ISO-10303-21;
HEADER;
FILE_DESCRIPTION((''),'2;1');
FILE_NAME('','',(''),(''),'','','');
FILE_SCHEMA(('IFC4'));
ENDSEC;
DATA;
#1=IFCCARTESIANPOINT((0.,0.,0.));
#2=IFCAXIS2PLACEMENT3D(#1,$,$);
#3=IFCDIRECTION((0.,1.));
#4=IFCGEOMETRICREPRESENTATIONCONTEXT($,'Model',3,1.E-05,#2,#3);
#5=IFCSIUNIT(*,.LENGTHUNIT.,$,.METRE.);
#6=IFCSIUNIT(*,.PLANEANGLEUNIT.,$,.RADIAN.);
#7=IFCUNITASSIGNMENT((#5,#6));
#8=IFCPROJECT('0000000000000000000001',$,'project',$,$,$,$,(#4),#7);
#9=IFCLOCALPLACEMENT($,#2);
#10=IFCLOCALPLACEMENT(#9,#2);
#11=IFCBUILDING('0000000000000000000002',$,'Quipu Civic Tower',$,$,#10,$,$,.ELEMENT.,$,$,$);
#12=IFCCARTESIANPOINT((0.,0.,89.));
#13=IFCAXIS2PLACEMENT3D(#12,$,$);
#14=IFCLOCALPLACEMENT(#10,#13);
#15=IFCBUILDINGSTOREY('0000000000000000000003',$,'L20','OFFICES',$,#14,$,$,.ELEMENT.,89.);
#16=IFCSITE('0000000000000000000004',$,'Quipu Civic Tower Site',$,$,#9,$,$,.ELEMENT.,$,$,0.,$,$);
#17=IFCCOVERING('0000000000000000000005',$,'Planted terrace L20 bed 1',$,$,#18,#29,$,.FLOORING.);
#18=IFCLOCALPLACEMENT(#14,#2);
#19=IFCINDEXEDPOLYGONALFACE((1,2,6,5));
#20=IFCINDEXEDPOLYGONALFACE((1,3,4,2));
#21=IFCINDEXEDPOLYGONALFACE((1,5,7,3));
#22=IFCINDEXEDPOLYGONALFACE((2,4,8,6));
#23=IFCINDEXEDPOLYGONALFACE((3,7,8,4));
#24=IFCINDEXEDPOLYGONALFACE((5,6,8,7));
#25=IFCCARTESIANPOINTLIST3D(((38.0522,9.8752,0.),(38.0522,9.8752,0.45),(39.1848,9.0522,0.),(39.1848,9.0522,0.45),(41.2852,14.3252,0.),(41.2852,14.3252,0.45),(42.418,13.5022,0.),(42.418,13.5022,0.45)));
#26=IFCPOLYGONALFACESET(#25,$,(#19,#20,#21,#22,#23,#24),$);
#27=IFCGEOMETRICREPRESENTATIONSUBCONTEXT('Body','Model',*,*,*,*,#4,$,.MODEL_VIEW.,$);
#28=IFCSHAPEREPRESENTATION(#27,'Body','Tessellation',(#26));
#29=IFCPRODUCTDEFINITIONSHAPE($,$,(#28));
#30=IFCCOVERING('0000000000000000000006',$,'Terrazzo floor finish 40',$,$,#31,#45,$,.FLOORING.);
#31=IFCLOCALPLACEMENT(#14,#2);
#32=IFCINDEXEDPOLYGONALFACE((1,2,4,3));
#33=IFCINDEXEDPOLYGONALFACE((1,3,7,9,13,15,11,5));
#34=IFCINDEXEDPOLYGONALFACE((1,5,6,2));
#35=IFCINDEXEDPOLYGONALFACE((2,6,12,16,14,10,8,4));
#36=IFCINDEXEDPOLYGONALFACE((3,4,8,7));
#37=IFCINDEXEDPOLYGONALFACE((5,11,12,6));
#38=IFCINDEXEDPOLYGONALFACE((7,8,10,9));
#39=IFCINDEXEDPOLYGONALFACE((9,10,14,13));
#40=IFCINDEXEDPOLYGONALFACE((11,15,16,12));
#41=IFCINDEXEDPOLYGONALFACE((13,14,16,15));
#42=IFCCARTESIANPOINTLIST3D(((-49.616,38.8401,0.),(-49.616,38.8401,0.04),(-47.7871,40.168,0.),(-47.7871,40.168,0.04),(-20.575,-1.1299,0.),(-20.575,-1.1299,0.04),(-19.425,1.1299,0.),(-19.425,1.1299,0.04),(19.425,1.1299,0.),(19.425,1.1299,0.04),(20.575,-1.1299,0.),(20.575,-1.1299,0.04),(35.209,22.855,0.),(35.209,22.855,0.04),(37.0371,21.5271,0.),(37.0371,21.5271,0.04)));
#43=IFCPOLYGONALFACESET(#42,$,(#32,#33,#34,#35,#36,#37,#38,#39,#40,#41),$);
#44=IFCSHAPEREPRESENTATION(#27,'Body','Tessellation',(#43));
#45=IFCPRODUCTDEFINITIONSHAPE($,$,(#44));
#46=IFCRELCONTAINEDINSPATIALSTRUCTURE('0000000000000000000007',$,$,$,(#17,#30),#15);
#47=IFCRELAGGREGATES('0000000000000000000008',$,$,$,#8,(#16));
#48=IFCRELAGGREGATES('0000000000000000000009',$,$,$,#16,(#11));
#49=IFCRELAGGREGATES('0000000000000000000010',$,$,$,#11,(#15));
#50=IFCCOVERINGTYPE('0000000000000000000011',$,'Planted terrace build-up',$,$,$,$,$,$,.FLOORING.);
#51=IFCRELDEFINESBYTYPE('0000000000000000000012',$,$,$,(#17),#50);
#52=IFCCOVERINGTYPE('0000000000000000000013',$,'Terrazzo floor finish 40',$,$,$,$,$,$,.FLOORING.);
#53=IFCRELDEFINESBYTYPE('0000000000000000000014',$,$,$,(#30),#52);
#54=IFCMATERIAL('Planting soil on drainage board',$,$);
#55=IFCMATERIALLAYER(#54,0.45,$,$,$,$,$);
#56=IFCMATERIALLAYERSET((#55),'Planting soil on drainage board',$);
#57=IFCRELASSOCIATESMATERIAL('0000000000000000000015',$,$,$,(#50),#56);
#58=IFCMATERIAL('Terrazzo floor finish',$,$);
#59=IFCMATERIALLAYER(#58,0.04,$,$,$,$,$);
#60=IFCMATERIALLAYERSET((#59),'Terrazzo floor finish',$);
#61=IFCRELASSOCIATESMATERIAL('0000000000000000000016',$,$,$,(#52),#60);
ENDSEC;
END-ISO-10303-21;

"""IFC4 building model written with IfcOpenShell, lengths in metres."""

from ifc_helpers import new_model, si_unit, direction, frame, origin, place, context, subcontext, project, spatial, polyline, outline, extrude, material, layer, layer_set, type_object, element, save


model = new_model("IFC4")

# Units and contexts
model_context = context("Model", 3, precision=1e-05, world=origin(), true_north=direction((0.0, 1.0)))
body_context = subcontext(model_context, "Body", "Model", "MODEL_VIEW")
ifc_project = project(units=[si_unit("LENGTHUNIT", "METRE"), si_unit("PLANEANGLEUNIT", "RADIAN")], contexts=[model_context])

# Site, building, storey
site_placement = place(None, origin())
site = spatial("IfcSite", under=ifc_project, at=site_placement, Name="Quipu Civic Tower Site", CompositionType="ELEMENT", RefElevation=0.0)
building_placement = place(site_placement, origin())
building = spatial("IfcBuilding", under=site, at=building_placement, Name="Quipu Civic Tower", CompositionType="ELEMENT")
storey_placement = place(building_placement, frame((0.0, 0.0, 89.0)))
storey = spatial("IfcBuildingStorey", under=building, at=storey_placement, Name="L20", Description="OFFICES", CompositionType="ELEMENT", Elevation=89.0)

# Coverings
ifc_material_1 = material(Name="Planting soil on drainage board")
ifc_layer_1 = layer(ifc_material_1, 0.45)
ifc_layer_set_1 = layer_set([ifc_layer_1], Name="Planting soil on drainage board")
covering_type_1 = type_object("IfcCoveringType", Name="Planted terrace build-up", PredefinedType="FLOORING", material=ifc_layer_set_1)
covering_1_placement = place(storey_placement, origin())
element("IfcCovering", 1, at=covering_1_placement, inside=storey, type_object=covering_type_1, Name="Planted terrace L20 bed 1", PredefinedType="FLOORING", context=body_context, shape_type="SweptSolid", body=[
    extrude(outline(polyline([(41.2852, 14.3252), (42.418, 13.5022), (39.1848, 9.0522), (38.0522, 9.8752), (41.2852, 14.3252)])), origin(), (0.0, 0.0, 1.0), 0.45),
])
ifc_material_2 = material(Name="Terrazzo floor finish")
ifc_layer_2 = layer(ifc_material_2, 0.04)
ifc_layer_set_2 = layer_set([ifc_layer_2], Name="Terrazzo floor finish")
covering_type_2 = type_object("IfcCoveringType", Name="Terrazzo floor finish 40", PredefinedType="FLOORING", material=ifc_layer_set_2)
covering_2_placement = place(storey_placement, origin())
element("IfcCovering", 2, at=covering_2_placement, inside=storey, type_object=covering_type_2, Name="Terrazzo floor finish 40", PredefinedType="FLOORING", context=body_context, shape_type="SweptSolid", body=[
    extrude(outline(polyline([(20.575, -1.1299), (-20.575, -1.1299), (-49.616, 38.8401), (-47.7871, 40.168), (-19.425, 1.1299), (19.425, 1.1299), (35.209, 22.855), (37.0371, 21.5271), (20.575, -1.1299)])), origin(), (0.0, 0.0, 1.0), 0.04),
])

save(model, "model.ifc")
